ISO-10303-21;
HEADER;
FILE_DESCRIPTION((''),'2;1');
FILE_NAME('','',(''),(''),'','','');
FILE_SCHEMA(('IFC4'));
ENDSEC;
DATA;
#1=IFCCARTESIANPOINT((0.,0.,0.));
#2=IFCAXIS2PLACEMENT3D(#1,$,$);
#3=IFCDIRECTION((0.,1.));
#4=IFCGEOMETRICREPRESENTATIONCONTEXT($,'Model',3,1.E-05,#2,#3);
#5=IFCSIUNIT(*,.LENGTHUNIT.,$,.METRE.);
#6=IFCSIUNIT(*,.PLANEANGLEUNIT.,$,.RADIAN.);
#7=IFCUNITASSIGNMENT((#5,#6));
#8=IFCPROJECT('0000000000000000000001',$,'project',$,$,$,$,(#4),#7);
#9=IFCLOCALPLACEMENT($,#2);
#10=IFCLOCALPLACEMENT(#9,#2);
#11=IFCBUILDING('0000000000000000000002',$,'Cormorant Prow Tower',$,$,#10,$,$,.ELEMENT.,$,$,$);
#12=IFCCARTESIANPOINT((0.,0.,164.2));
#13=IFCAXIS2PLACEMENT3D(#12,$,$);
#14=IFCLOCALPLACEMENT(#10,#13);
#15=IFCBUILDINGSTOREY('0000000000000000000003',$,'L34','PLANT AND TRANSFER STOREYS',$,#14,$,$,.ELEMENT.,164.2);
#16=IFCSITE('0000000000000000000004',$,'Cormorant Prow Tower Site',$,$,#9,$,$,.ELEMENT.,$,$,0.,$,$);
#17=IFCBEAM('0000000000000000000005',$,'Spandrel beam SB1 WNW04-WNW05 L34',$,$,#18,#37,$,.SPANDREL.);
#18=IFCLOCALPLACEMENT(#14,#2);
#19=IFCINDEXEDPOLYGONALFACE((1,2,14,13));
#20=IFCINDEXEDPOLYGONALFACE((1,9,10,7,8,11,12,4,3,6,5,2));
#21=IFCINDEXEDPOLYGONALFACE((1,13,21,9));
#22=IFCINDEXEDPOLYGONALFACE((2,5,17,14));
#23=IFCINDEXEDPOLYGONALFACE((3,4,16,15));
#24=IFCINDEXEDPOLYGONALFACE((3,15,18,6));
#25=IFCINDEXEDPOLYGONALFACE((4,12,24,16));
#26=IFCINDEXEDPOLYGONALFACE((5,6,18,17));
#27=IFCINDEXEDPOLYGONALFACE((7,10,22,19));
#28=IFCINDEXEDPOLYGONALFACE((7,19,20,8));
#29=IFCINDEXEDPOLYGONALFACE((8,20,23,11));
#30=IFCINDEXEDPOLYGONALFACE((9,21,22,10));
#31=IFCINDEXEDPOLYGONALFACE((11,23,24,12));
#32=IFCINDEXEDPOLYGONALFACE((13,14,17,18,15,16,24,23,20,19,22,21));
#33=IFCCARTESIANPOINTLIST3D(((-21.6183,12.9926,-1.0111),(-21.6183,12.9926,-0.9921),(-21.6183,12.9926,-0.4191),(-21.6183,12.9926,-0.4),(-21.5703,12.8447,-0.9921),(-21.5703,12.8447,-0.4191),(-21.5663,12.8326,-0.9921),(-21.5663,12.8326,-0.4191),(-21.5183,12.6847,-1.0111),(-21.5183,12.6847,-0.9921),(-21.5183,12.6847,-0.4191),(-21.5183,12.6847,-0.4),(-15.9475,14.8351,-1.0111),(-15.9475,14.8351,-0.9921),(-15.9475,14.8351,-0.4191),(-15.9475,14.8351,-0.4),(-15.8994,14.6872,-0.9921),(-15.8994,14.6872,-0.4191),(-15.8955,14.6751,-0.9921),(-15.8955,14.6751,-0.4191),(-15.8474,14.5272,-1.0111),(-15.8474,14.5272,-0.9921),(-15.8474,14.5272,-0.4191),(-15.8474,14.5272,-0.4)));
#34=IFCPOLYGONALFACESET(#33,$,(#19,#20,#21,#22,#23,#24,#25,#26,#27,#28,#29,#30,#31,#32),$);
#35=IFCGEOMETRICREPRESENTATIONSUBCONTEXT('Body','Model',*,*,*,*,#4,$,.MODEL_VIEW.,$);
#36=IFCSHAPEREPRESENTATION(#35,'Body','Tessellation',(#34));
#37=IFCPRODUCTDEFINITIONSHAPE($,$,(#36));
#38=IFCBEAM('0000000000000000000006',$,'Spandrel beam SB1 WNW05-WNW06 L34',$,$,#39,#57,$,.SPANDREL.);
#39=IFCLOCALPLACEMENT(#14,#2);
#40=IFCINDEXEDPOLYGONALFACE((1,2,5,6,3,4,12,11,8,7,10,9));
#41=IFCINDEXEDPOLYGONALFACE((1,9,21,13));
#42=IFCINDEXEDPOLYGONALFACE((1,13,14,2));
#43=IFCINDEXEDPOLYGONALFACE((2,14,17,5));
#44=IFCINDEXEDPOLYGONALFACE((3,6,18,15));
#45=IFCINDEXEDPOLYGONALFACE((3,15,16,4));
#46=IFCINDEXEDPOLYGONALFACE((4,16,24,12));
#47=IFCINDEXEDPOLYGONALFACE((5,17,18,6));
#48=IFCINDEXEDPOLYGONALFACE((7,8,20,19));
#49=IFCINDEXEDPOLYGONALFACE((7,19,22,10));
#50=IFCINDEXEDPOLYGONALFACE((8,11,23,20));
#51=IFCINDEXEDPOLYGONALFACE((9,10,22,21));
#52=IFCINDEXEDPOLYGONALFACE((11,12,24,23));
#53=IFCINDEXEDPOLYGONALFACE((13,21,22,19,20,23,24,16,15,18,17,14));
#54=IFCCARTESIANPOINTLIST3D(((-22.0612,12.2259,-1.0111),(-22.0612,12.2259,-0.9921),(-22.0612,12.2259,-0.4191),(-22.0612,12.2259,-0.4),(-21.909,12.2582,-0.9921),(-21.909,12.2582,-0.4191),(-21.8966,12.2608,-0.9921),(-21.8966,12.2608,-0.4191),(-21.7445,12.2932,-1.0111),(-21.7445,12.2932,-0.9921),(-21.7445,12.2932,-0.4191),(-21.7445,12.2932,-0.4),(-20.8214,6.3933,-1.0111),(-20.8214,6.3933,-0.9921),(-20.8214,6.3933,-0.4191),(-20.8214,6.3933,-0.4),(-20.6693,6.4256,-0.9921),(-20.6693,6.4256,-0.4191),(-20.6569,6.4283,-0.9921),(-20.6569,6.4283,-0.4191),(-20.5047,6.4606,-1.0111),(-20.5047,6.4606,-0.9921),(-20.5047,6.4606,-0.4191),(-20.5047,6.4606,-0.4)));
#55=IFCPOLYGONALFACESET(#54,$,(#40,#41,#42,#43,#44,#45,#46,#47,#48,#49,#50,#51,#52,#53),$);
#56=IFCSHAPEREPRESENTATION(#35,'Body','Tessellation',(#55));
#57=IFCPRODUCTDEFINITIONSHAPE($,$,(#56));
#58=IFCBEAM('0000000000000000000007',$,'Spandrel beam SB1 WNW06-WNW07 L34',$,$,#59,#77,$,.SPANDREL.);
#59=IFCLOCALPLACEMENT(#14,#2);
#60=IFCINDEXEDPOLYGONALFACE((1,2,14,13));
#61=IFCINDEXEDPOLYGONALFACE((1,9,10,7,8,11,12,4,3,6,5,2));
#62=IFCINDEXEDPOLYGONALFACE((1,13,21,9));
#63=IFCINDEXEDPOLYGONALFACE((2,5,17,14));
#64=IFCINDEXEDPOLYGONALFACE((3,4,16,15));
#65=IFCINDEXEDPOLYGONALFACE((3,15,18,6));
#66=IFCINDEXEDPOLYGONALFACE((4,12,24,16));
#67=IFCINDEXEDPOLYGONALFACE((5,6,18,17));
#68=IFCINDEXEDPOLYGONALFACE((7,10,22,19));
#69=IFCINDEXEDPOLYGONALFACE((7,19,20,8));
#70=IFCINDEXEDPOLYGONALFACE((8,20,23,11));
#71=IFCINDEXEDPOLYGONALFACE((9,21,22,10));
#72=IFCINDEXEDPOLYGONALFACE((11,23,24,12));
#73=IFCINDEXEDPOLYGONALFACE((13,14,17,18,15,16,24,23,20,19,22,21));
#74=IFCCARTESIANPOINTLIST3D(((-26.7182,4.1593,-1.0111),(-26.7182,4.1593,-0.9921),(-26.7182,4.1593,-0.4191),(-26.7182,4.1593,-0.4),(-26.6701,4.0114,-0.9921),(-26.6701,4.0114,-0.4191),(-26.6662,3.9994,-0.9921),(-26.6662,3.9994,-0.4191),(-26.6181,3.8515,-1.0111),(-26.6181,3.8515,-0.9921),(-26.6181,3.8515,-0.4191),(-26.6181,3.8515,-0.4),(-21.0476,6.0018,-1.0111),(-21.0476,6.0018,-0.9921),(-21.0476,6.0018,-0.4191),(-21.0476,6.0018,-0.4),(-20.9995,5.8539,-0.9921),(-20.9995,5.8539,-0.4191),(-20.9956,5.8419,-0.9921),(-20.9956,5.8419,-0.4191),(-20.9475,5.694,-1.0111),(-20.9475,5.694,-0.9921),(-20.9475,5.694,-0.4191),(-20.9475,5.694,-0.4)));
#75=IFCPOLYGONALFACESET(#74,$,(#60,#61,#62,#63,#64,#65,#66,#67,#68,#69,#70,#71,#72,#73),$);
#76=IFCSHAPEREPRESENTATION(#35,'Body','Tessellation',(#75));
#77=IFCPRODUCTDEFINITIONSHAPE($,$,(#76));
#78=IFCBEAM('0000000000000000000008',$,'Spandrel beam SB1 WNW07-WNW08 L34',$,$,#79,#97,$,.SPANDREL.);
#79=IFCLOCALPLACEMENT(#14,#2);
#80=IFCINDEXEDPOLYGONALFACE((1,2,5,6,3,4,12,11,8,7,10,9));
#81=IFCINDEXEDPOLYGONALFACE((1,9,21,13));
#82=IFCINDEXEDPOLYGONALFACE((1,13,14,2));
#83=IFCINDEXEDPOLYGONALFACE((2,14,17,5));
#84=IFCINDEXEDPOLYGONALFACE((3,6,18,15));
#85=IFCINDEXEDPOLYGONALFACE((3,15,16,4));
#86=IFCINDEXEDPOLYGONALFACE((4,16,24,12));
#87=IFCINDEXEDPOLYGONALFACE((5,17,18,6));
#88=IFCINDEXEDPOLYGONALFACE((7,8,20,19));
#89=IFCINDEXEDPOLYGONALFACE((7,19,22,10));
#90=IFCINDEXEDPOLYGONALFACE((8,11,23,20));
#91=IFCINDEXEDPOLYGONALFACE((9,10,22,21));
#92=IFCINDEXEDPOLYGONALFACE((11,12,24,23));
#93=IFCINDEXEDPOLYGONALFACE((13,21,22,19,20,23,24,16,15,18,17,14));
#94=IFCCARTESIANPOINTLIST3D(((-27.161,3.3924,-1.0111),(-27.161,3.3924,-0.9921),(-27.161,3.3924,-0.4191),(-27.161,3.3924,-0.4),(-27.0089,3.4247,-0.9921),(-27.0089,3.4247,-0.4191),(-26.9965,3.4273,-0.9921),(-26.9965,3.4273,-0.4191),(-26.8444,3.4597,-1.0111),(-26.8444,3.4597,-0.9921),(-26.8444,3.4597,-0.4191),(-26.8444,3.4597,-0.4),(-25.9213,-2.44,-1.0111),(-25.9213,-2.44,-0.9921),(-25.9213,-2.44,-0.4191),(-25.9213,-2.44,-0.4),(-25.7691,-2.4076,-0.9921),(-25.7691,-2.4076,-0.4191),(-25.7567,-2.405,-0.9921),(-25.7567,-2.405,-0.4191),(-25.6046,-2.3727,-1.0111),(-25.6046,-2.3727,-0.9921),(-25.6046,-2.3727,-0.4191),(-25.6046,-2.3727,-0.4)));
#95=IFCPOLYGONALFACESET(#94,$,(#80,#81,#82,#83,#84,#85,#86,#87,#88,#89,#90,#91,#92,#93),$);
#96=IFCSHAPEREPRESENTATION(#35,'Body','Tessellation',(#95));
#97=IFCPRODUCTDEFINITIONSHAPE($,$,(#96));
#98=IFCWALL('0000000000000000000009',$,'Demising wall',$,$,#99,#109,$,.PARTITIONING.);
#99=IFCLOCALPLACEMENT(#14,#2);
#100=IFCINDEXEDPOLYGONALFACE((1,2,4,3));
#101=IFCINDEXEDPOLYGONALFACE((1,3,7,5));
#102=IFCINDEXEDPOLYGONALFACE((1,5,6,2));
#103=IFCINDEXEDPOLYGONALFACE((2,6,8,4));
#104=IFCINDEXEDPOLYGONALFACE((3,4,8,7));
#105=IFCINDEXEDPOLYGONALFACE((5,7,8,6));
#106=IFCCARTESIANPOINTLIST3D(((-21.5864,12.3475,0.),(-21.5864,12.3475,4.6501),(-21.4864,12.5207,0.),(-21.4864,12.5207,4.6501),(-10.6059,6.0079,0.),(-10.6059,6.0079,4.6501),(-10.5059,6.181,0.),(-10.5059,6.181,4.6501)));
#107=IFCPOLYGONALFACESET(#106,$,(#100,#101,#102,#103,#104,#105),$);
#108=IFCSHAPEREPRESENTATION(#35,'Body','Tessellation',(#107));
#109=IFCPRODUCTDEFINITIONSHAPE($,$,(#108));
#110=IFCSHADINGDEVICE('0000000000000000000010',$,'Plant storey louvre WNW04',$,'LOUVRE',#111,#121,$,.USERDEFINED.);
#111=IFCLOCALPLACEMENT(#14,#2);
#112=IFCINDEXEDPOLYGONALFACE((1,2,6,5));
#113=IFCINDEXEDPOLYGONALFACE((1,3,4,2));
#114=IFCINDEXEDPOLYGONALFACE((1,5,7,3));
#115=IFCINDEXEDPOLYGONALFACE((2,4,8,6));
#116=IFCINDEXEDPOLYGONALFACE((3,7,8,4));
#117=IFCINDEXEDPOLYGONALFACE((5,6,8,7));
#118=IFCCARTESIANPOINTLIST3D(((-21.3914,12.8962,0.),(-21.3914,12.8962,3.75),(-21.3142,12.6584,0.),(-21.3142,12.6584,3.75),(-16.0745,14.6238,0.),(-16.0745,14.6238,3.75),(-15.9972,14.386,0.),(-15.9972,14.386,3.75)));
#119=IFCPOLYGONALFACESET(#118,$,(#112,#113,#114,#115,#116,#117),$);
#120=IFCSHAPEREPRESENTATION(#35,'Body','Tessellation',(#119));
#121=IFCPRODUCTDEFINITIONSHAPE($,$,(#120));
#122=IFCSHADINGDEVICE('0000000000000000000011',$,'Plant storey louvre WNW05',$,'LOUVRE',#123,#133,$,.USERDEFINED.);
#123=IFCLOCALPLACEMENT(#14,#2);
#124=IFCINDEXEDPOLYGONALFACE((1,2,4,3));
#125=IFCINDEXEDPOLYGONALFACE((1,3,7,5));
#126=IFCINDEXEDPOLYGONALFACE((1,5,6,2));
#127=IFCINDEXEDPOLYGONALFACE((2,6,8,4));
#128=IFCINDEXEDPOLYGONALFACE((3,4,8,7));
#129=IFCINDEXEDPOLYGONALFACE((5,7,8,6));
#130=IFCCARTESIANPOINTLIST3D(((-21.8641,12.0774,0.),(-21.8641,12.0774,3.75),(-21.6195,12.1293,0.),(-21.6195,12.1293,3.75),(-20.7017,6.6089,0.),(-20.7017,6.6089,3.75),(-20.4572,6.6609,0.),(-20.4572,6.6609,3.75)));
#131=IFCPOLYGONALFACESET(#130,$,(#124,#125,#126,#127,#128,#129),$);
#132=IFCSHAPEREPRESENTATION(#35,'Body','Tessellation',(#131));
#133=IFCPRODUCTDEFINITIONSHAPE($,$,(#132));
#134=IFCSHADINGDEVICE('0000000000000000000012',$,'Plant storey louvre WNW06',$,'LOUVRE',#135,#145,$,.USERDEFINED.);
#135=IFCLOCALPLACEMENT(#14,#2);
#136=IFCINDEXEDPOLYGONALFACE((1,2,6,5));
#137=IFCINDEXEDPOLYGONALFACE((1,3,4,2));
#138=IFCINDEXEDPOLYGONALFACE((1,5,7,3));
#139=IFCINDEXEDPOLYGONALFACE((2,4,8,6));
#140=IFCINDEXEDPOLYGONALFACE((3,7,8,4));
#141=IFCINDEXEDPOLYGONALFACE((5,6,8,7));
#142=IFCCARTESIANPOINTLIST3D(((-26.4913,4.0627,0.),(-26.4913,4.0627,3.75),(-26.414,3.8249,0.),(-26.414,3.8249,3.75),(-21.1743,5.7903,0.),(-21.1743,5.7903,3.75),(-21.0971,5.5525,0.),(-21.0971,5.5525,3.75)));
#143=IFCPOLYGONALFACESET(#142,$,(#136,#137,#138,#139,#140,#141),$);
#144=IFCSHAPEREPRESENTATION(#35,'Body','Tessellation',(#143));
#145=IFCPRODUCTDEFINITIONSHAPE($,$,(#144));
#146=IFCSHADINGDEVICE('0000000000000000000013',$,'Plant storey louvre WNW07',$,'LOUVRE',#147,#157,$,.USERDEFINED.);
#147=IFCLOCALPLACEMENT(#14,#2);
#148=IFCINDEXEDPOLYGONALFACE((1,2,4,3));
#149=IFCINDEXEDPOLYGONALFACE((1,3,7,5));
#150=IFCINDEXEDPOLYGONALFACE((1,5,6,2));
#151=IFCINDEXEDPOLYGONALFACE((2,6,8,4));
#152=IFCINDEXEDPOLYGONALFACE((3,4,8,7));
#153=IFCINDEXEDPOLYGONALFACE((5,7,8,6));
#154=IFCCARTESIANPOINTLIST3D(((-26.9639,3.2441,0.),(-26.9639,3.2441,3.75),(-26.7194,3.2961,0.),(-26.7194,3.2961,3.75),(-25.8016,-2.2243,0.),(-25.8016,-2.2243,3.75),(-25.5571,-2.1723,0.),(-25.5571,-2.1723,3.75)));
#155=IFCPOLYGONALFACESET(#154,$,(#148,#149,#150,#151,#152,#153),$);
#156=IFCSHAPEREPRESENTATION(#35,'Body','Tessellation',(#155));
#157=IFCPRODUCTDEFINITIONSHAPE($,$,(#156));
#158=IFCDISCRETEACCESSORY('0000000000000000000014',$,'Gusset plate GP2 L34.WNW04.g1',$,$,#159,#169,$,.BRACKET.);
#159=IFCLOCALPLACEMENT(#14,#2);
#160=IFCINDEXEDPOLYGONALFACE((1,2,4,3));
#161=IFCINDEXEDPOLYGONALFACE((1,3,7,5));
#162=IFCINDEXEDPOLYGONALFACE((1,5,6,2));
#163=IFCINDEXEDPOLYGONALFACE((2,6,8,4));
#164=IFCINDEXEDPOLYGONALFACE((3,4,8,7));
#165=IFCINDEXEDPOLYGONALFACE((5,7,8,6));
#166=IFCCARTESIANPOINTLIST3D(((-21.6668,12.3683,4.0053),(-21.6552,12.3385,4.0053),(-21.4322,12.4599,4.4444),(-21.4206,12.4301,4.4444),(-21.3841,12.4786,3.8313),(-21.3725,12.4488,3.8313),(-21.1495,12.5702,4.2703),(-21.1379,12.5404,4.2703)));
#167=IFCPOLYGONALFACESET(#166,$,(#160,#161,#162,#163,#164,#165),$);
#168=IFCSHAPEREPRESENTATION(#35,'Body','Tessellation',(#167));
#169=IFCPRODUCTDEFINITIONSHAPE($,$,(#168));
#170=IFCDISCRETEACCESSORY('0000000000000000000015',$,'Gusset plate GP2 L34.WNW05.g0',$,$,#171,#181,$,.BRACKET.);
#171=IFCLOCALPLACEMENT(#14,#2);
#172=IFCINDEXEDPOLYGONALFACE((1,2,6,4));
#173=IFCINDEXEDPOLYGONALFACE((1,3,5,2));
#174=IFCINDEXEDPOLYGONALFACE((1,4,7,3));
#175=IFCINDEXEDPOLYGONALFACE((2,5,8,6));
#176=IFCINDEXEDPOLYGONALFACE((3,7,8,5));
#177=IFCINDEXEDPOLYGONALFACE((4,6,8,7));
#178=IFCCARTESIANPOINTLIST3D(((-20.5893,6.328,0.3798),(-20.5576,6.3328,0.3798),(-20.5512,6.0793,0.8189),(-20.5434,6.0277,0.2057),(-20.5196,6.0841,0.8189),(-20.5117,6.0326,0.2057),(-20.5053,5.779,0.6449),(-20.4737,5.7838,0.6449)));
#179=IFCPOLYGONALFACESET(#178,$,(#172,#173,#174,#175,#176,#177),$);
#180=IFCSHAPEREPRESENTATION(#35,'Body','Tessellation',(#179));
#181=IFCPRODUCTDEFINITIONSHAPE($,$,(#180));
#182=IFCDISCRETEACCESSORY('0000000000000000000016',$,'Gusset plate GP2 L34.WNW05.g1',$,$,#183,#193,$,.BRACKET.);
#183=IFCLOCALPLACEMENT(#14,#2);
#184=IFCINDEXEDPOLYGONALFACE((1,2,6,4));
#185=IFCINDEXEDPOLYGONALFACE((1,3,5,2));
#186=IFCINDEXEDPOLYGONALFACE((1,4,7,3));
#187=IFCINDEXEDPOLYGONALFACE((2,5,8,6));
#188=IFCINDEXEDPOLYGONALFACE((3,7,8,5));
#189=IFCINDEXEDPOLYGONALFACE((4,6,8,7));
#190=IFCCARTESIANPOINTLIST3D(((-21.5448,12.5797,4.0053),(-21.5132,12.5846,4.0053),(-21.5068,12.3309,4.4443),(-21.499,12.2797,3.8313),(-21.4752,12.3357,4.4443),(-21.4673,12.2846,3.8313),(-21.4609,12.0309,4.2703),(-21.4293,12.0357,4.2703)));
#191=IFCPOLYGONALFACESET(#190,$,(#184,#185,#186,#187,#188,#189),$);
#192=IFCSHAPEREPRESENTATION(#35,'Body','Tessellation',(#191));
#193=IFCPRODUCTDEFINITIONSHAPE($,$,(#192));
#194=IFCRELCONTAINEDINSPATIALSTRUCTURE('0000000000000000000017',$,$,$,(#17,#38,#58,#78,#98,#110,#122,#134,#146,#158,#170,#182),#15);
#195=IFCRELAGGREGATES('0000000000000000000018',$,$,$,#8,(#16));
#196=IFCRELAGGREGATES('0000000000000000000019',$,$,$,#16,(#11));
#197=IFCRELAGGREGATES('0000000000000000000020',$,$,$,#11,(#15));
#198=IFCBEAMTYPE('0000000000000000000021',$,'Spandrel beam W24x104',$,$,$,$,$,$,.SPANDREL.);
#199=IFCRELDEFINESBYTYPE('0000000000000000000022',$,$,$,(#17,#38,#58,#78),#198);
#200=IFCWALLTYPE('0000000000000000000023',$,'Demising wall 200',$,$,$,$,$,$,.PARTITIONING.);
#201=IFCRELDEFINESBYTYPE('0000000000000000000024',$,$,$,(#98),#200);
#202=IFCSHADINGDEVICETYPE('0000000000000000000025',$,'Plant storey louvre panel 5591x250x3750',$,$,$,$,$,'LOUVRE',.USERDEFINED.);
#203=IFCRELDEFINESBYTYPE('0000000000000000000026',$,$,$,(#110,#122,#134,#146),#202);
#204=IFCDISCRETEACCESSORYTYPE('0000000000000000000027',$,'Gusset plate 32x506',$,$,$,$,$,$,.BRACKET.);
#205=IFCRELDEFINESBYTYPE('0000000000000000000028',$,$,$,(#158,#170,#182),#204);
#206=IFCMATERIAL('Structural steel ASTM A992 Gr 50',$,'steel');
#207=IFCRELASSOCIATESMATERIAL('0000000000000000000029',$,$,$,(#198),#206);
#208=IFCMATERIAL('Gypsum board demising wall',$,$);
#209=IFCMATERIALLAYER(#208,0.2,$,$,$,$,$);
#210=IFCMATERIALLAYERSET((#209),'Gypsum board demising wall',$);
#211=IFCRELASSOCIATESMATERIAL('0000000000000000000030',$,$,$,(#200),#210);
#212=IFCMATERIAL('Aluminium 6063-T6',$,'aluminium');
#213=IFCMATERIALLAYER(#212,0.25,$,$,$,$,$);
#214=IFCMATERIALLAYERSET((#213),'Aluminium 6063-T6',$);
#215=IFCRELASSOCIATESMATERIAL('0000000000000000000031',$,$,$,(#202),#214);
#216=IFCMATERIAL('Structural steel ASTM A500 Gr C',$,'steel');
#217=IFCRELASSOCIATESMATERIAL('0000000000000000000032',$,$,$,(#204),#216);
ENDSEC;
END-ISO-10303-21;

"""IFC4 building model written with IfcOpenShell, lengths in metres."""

from ifc_helpers import new_model, si_unit, direction, frame, frame_2d, origin, origin_2d, place, context, subcontext, project, spatial, rectangle, i_section, extrude, material, layer, layer_set, material_profile, profile_set, type_object, element, save


model = new_model("IFC4")

# Units and contexts
model_context = context("Model", 3, precision=1e-05, world=origin(), true_north=direction((0.0, 1.0)))
body_context = subcontext(model_context, "Body", "Model", "MODEL_VIEW")
ifc_project = project(units=[si_unit("LENGTHUNIT", "METRE"), si_unit("PLANEANGLEUNIT", "RADIAN")], contexts=[model_context])

# Site, building, storey
site_placement = place(None, origin())
site = spatial("IfcSite", under=ifc_project, at=site_placement, Name="Cormorant Prow Tower Site", CompositionType="ELEMENT", RefElevation=0.0)
building_placement = place(site_placement, origin())
building = spatial("IfcBuilding", under=site, at=building_placement, Name="Cormorant Prow Tower", CompositionType="ELEMENT")
storey_placement = place(building_placement, frame((0.0, 0.0, 164.2)))
storey = spatial("IfcBuildingStorey", under=building, at=storey_placement, Name="L34", Description="PLANT AND TRANSFER STOREYS", CompositionType="ELEMENT", Elevation=164.2)

# Beams
ifc_material_1 = material(Name="Structural steel ASTM A992 Gr 50", Category="steel")
ifc_material_profile_1 = material_profile(ifc_material_1, i_section(OverallWidth=0.3237, OverallDepth=0.6111, WebThickness=0.0127, FlangeThickness=0.019, at=origin_2d()), Name="W24x104")
ifc_profile_set_1 = profile_set([ifc_material_profile_1], Name="Structural steel ASTM A992 Gr 50")
beam_type = type_object("IfcBeamType", Name="Spandrel beam W24x104", PredefinedType="SPANDREL", material=ifc_profile_set_1)
beam_1_placement = place(storey_placement, frame((-15.8975, 14.6812, -0.7056), z_axis=(-0.951059, -0.309008, 0.0), x_axis=(0.309008, -0.951059, 0.0)))
element("IfcBeam", 1, at=beam_1_placement, inside=storey, type_object=beam_type, Name="Spandrel beam SB1 WNW04-WNW05 L34", PredefinedType="SPANDREL", context=body_context, shape_type="SweptSolid", body=[
    extrude(i_section(OverallWidth=0.3237, OverallDepth=0.6111, WebThickness=0.0127, FlangeThickness=0.019, at=origin_2d()), origin(), (0.0, 0.0, 1.0), 5.9626),
])
beam_2_placement = place(storey_placement, frame((-21.9028, 12.2595, -0.7056), z_axis=(0.207913, -0.978147, 0.0), x_axis=(0.978147, 0.207913, 0.0)))
element("IfcBeam", 2, at=beam_2_placement, inside=storey, type_object=beam_type, Name="Spandrel beam SB1 WNW05-WNW06 L34", PredefinedType="SPANDREL", context=body_context, shape_type="SweptSolid", body=[
    extrude(i_section(OverallWidth=0.3237, OverallDepth=0.6111, WebThickness=0.0127, FlangeThickness=0.019, at=origin_2d()), origin(), (0.0, 0.0, 1.0), 5.9629),
])
beam_3_placement = place(storey_placement, frame((-20.9976, 5.8479, -0.7056), z_axis=(-0.951055, -0.30902, 0.0), x_axis=(0.30902, -0.951055, 0.0)))
element("IfcBeam", 3, at=beam_3_placement, inside=storey, type_object=beam_type, Name="Spandrel beam SB1 WNW06-WNW07 L34", PredefinedType="SPANDREL", context=body_context, shape_type="SweptSolid", body=[
    extrude(i_section(OverallWidth=0.3237, OverallDepth=0.6111, WebThickness=0.0127, FlangeThickness=0.019, at=origin_2d()), origin(), (0.0, 0.0, 1.0), 5.9624),
])
beam_4_placement = place(storey_placement, frame((-27.0027, 3.426, -0.7056), z_axis=(0.207921, -0.978146, 0.0), x_axis=(0.978146, 0.207921, 0.0)))
element("IfcBeam", 4, at=beam_4_placement, inside=storey, type_object=beam_type, Name="Spandrel beam SB1 WNW07-WNW08 L34", PredefinedType="SPANDREL", context=body_context, shape_type="SweptSolid", body=[
    extrude(i_section(OverallWidth=0.3237, OverallDepth=0.6111, WebThickness=0.0127, FlangeThickness=0.019, at=origin_2d()), origin(), (0.0, 0.0, 1.0), 5.9626),
])

# Wall
ifc_material_2 = material(Name="Gypsum board demising wall")
ifc_layer_1 = layer(ifc_material_2, 0.2)
ifc_layer_set_1 = layer_set([ifc_layer_1], Name="Gypsum board demising wall")
wall_type = type_object("IfcWallType", Name="Demising wall 200", PredefinedType="PARTITIONING", material=ifc_layer_set_1)
wall_placement = place(storey_placement, frame((-21.5364, 12.4341, 0.0), z_axis=(0.0, 0.0, 1.0), x_axis=(0.866025, -0.500001, 0.0)))
element("IfcWall", 5, at=wall_placement, inside=storey, type_object=wall_type, Name="Demising wall", PredefinedType="PARTITIONING", context=body_context, shape_type="SweptSolid", body=[
    extrude(rectangle(XDim=12.6792, YDim=0.2, at=frame_2d((6.3396, 0.0))), origin(), (0.0, 0.0, 1.0), 4.6501),
])

# Shading devices
ifc_material_3 = material(Name="Aluminium 6063-T6", Category="aluminium")
ifc_layer_2 = layer(ifc_material_3, 0.25)
ifc_layer_set_2 = layer_set([ifc_layer_2], Name="Aluminium 6063-T6")
shading_device_type = type_object("IfcShadingDeviceType", Name="Plant storey louvre panel 5591x250x3750", ElementType="LOUVRE", PredefinedType="USERDEFINED", material=ifc_layer_set_2)
for number, where, z_axis, x_axis, name in (
    (6, (-18.6943, 13.6411, 0.0), (0.0, 0.0, 1.0), (-0.951056, -0.309017, 0.0), "Plant storey louvre WNW04"),
    (7, (-21.1606, 9.3691, 0.0), (0.0, 0.0, 1.0), (0.207912, -0.978148, 0.0), "Plant storey louvre WNW05"),
    (8, (-23.7942, 4.8076, 0.0), (0.0, 0.0, 1.0), (-0.951056, -0.309017, 0.0), "Plant storey louvre WNW06"),
    (9, (-26.2605, 0.5359, 0.0), (0.0, 0.0, 1.0), (0.207912, -0.978148, 0.0), "Plant storey louvre WNW07"),
):
    element("IfcShadingDevice", number, at=place(storey_placement, frame(where, z_axis=z_axis, x_axis=x_axis)), inside=storey, type_object=shading_device_type, Name=name, ObjectType="LOUVRE", PredefinedType="USERDEFINED", context=body_context, shape_type="SweptSolid", body=[
        extrude(rectangle(XDim=5.5906, YDim=0.25, at=origin_2d()), origin(), (0.0, 0.0, 1.0), 3.75),
    ])

# Discrete accessories
ifc_material_4 = material(Name="Structural steel ASTM A500 Gr C", Category="steel")
ifc_material_profile_2 = material_profile(ifc_material_4, rectangle(XDim=0.032, YDim=0.5061, at=origin_2d()), Name="Gusset plate 32x506")
ifc_profile_set_2 = profile_set([ifc_material_profile_2], Name="Structural steel ASTM A500 Gr C")
discrete_accessory_type_1 = type_object("IfcDiscreteAccessoryType", Name="Gusset plate 32x506", PredefinedType="BRACKET", material=ifc_profile_set_2)
discrete_accessory_1_placement = place(storey_placement, frame((-21.261, 12.5095, 4.0508), z_axis=(-0.808066, -0.315411, 0.49754), x_axis=(0.363611, -0.931551, 0.0)))
element("IfcDiscreteAccessory", 10, at=discrete_accessory_1_placement, inside=storey, type_object=discrete_accessory_type_1, Name="Gusset plate GP2 L34.WNW04.g1", PredefinedType="BRACKET", context=body_context, shape_type="SweptSolid", body=[
    extrude(rectangle(XDim=0.032, YDim=0.5061, at=origin_2d()), origin(), (0.0, 0.0, 1.0), 0.3499),
])
discrete_accessory_2_placement = place(storey_placement, frame((-20.5544, 6.2061, 0.5994), z_axis=(0.131094, -0.857687, -0.49718), x_axis=(0.98852, 0.151091, 0.0)))
element("IfcDiscreteAccessory", 11, at=discrete_accessory_2_placement, inside=storey, type_object=discrete_accessory_type_1, Name="Gusset plate GP2 L34.WNW05.g0", PredefinedType="BRACKET", context=body_context, shape_type="SweptSolid", body=[
    extrude(rectangle(XDim=0.032, YDim=0.5061, at=origin_2d()), origin(), (0.0, 0.0, 1.0), 0.3501),
])
discrete_accessory_3_placement = place(storey_placement, frame((-21.4641, 12.1577, 4.0508), z_axis=(-0.131172, 0.857502, 0.497477), x_axis=(-0.988502, -0.151211, 0.0)))
element("IfcDiscreteAccessory", 12, at=discrete_accessory_3_placement, inside=storey, type_object=discrete_accessory_type_1, Name="Gusset plate GP2 L34.WNW05.g1", PredefinedType="BRACKET", context=body_context, shape_type="SweptSolid", body=[
    extrude(rectangle(XDim=0.032, YDim=0.5061, at=origin_2d()), origin(), (0.0, 0.0, 1.0), 0.3499),
])

save(model, "model.ifc")
